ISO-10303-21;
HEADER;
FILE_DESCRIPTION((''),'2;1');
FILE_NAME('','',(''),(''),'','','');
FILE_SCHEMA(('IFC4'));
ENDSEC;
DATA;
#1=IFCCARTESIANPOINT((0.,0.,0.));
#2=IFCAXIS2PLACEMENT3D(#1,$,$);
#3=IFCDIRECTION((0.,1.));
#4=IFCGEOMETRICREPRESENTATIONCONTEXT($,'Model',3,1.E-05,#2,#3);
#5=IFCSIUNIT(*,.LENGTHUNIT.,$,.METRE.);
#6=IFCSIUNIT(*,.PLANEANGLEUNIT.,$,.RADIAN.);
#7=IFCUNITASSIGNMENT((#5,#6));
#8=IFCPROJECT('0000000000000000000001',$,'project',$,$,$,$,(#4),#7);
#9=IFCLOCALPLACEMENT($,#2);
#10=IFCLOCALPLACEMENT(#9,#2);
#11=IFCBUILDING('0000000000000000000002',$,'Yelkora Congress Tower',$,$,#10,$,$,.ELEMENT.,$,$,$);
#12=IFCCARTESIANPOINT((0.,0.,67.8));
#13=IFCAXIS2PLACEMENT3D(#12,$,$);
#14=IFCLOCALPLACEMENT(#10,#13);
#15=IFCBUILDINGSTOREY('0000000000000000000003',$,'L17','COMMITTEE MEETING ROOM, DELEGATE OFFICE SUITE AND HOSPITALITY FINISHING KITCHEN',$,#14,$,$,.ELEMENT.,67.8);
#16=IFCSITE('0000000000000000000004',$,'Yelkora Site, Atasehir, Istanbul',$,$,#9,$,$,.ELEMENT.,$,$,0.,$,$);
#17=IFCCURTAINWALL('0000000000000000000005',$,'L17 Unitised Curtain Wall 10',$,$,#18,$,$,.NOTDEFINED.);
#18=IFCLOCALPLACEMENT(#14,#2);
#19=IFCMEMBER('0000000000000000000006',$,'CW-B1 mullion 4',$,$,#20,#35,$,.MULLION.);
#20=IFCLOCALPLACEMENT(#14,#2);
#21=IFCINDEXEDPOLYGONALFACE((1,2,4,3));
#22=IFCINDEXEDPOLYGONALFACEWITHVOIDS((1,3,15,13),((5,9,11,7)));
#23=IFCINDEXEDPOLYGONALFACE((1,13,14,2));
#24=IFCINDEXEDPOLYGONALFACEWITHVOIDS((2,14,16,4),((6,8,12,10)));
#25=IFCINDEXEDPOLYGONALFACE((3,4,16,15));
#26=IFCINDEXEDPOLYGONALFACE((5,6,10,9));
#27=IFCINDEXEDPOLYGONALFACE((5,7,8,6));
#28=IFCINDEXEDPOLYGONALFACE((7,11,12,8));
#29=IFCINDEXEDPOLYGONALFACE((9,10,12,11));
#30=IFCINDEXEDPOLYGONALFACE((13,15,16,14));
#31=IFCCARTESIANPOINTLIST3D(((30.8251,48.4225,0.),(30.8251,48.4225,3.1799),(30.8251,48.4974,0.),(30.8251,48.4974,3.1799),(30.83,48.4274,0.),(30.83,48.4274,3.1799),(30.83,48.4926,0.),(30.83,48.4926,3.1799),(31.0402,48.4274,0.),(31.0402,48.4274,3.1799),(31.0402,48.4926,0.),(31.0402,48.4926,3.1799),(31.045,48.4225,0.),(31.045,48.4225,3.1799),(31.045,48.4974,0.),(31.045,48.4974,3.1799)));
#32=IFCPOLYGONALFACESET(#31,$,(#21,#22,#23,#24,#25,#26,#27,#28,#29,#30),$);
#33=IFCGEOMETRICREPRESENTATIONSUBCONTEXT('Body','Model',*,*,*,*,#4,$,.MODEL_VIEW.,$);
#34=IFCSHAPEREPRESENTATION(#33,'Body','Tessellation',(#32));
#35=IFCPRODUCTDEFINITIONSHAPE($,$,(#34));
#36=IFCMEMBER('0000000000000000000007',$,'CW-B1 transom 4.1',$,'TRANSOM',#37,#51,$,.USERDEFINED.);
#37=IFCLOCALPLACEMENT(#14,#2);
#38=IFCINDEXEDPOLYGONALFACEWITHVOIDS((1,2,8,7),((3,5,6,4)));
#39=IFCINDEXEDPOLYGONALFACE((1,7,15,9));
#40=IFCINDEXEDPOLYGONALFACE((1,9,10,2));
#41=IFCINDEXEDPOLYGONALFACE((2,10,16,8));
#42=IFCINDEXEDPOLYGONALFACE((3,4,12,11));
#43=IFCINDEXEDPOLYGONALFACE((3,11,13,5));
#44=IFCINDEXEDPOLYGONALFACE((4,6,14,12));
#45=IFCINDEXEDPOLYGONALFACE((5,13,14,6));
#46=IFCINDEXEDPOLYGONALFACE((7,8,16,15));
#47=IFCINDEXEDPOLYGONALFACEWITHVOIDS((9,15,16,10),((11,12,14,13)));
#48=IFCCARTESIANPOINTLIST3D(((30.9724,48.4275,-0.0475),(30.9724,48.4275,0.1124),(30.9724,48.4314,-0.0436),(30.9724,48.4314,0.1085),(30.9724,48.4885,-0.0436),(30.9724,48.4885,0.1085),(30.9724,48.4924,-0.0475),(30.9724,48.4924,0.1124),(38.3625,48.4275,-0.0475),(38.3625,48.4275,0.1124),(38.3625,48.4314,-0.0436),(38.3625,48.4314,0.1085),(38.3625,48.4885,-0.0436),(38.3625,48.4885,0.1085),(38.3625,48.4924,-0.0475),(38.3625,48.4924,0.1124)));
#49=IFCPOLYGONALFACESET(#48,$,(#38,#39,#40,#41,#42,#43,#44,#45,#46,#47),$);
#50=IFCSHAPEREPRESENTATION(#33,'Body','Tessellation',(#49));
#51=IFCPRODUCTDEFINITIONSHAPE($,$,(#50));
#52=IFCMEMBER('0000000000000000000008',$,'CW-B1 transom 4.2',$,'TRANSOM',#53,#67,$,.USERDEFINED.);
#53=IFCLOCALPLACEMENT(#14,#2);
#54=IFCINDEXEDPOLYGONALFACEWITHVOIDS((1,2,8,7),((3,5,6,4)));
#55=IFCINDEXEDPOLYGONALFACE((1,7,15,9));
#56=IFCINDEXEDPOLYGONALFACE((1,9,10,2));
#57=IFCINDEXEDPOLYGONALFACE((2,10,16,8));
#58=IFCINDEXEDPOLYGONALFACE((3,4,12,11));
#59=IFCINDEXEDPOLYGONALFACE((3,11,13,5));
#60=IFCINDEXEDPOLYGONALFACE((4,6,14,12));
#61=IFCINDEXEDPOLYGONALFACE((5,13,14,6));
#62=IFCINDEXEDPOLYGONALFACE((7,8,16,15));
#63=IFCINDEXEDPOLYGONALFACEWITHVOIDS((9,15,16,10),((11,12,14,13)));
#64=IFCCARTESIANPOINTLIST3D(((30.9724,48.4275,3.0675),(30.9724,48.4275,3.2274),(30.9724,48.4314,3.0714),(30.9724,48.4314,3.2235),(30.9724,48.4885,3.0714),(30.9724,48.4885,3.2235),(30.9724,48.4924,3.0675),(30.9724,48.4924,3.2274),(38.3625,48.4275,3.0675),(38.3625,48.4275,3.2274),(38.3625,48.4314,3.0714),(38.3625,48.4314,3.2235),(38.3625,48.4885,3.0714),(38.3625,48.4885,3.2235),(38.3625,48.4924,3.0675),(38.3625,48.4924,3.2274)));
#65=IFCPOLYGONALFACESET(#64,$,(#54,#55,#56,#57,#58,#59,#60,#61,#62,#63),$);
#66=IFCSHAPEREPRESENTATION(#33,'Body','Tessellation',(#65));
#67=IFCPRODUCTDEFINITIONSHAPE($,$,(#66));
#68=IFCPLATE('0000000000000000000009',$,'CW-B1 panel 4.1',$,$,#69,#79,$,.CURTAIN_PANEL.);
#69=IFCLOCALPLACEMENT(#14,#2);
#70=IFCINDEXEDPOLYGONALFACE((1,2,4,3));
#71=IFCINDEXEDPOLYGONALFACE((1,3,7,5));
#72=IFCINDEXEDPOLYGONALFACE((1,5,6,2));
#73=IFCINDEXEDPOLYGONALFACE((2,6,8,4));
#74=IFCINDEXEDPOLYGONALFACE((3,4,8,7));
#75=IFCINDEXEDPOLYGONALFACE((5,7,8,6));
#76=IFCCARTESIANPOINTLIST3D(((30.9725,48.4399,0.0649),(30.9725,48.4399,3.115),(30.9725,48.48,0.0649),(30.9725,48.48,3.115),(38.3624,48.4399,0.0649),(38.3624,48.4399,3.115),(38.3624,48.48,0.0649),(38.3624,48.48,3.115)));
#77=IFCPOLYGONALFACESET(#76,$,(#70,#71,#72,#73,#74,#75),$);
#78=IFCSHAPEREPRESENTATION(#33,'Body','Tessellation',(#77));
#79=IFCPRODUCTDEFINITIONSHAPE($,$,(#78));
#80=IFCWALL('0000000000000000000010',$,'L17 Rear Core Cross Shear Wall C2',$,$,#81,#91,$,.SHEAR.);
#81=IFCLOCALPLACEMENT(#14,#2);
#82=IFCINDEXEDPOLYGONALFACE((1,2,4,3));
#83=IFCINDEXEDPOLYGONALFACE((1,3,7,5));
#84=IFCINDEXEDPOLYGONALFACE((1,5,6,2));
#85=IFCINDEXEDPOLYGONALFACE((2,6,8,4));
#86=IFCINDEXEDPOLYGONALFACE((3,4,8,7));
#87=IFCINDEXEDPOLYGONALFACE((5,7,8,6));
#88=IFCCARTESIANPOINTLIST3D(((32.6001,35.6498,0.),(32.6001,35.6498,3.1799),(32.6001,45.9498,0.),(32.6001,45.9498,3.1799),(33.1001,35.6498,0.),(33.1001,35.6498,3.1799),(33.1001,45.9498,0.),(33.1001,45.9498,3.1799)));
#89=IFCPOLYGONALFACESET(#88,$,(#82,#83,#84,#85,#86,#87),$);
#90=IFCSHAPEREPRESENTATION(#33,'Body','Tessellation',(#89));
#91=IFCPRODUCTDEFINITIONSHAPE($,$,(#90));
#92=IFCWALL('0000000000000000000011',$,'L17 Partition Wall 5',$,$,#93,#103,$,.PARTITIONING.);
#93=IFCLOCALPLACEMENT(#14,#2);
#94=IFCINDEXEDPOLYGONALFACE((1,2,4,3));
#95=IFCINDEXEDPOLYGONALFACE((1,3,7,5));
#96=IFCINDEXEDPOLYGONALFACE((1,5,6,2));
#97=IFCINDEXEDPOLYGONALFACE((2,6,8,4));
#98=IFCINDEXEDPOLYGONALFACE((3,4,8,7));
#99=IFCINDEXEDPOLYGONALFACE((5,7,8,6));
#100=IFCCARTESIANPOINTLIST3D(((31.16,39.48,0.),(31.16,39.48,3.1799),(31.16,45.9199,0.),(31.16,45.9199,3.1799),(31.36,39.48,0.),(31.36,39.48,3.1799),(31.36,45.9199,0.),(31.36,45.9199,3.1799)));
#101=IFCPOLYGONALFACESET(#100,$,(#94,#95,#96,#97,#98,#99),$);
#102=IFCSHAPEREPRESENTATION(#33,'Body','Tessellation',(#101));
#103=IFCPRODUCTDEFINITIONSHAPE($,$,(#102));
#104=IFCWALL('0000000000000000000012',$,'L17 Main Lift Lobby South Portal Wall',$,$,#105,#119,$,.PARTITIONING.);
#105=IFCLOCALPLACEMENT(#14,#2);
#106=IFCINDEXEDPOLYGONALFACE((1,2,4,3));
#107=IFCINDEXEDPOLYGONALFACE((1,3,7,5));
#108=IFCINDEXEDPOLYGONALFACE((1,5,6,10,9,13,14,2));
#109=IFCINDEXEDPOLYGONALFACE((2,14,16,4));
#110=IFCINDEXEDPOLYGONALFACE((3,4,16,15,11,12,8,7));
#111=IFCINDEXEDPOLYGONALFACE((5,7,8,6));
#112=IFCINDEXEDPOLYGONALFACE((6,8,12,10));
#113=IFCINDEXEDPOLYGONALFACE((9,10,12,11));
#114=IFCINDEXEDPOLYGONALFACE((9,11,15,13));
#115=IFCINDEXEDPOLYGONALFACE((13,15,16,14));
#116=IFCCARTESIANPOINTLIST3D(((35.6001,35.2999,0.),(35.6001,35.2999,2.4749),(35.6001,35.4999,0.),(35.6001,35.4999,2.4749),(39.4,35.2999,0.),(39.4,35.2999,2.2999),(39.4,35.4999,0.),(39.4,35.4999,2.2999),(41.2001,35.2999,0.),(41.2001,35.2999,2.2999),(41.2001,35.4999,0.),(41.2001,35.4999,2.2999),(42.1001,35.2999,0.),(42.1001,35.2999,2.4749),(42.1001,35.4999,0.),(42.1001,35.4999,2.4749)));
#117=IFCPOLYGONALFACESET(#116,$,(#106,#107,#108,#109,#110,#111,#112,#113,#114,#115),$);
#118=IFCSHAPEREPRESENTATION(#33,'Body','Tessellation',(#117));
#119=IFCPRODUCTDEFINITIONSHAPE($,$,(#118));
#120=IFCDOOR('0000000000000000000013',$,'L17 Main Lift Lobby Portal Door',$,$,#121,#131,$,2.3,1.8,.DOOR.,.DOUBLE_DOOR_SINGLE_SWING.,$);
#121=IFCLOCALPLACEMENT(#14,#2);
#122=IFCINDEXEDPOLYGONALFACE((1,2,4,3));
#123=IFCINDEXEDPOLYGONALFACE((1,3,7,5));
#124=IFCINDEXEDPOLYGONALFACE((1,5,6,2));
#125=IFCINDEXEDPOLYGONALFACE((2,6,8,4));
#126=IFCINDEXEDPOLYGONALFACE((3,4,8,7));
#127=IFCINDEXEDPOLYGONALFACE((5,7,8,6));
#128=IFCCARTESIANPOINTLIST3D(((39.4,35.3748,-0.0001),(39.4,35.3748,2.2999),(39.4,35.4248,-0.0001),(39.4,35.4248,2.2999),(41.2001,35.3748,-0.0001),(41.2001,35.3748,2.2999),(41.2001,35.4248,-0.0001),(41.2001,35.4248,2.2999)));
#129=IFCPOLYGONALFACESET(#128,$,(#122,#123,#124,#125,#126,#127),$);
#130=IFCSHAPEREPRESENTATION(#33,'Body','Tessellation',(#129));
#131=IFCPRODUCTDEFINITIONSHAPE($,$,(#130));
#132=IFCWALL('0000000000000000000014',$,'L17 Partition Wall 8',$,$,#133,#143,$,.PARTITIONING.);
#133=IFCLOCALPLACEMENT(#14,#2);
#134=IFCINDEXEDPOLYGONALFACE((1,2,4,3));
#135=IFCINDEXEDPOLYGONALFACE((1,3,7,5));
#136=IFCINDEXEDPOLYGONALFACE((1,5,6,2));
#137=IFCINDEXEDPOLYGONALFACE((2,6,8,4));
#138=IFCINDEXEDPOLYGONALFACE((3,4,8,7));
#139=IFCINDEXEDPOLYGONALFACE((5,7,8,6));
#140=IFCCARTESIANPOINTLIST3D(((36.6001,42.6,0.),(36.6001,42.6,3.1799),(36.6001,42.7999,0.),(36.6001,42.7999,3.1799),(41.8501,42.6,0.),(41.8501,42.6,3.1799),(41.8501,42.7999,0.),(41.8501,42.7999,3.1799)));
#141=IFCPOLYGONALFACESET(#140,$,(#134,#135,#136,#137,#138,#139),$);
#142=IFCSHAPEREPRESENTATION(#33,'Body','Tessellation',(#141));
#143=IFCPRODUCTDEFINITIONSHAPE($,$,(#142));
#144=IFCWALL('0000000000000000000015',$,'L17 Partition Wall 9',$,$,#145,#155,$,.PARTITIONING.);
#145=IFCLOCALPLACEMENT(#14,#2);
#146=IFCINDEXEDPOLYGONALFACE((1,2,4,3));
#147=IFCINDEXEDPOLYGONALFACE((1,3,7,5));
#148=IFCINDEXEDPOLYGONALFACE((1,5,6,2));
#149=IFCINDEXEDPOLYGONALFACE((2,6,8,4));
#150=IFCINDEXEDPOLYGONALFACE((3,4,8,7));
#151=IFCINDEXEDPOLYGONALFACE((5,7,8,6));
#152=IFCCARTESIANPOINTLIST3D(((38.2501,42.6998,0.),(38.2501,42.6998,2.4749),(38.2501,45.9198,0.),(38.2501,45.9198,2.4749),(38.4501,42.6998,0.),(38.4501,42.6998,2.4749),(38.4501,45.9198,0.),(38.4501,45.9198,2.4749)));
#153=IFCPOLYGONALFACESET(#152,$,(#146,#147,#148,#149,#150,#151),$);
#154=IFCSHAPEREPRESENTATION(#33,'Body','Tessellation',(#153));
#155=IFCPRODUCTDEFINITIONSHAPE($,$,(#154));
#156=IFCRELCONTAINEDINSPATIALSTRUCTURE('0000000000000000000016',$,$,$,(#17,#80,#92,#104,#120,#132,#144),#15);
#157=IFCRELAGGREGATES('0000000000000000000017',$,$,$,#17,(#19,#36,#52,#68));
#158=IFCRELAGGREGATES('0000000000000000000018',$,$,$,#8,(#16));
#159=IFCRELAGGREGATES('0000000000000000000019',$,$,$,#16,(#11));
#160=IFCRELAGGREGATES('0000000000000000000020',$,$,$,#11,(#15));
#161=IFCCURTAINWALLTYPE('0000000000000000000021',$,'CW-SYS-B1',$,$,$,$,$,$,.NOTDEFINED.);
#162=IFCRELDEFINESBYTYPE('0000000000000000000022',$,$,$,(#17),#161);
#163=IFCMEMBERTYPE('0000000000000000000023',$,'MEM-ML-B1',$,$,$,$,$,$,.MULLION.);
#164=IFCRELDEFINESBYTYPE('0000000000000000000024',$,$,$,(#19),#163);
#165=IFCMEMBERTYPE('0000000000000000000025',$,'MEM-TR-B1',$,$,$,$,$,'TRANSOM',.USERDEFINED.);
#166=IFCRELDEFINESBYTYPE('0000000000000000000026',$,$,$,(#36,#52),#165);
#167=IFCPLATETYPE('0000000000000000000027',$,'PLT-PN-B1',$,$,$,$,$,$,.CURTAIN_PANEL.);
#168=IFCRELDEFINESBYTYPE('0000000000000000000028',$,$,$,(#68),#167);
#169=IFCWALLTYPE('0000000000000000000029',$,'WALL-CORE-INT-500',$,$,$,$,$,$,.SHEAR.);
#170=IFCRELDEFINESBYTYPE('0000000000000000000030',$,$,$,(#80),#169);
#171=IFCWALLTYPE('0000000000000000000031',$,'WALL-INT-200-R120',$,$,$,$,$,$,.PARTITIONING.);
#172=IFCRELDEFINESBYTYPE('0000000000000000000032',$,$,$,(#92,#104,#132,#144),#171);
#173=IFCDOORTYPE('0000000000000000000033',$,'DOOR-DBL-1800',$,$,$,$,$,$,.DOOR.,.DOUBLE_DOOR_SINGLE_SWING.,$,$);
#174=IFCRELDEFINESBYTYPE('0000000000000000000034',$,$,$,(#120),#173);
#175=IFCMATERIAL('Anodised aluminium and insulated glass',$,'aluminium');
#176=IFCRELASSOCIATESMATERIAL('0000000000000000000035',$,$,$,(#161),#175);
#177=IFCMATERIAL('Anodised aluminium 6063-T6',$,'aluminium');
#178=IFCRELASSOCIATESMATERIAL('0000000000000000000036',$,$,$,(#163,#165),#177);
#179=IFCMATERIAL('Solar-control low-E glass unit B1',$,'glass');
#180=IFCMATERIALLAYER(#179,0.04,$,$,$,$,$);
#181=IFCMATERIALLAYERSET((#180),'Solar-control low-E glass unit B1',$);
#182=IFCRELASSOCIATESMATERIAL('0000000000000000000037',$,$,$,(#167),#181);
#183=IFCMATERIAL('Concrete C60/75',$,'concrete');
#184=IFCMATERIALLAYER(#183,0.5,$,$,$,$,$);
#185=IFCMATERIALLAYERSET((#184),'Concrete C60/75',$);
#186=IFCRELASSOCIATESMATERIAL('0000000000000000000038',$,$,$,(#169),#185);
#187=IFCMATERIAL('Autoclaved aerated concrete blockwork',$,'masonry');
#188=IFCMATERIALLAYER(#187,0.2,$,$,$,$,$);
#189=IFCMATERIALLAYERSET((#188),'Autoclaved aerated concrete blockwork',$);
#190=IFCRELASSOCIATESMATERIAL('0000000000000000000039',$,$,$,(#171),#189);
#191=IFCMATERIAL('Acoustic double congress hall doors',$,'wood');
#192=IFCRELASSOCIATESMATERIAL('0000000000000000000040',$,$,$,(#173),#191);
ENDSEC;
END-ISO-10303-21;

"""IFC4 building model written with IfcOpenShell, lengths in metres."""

from ifc_helpers import new_model, si_unit, direction, frame, frame_2d, origin, origin_2d, place, context, subcontext, project, spatial, rectangle, hollow_rectangle, extrude, material, layer, layer_set, material_profile, profile_set, type_object, element, fill, aggregate, save


model = new_model("IFC4")

# Units and contexts
model_context = context("Model", 3, precision=1e-05, world=origin(), true_north=direction((0.0, 1.0)))
body_context = subcontext(model_context, "Body", "Model", "MODEL_VIEW")
ifc_project = project(units=[si_unit("LENGTHUNIT", "METRE"), si_unit("PLANEANGLEUNIT", "RADIAN")], contexts=[model_context])

# Site, building, storey
site_placement = place(None, origin())
site = spatial("IfcSite", under=ifc_project, at=site_placement, Name="Yelkora Site, Atasehir, Istanbul", CompositionType="ELEMENT", RefElevation=0.0)
building_placement = place(site_placement, origin())
building = spatial("IfcBuilding", under=site, at=building_placement, Name="Yelkora Congress Tower", CompositionType="ELEMENT")
storey_placement = place(building_placement, frame((0.0, 0.0, 67.8)))
storey = spatial("IfcBuildingStorey", under=building, at=storey_placement, Name="L17", Description="COMMITTEE MEETING ROOM, DELEGATE OFFICE SUITE AND HOSPITALITY FINISHING KITCHEN", CompositionType="ELEMENT", Elevation=67.8)

# Shared definitions
ifc_material_1 = material(Name="Concrete C60/75", Category="concrete")

# Curtain wall, members, plate
ifc_material_2 = material(Name="Anodised aluminium and insulated glass", Category="aluminium")
curtain_wall_type = type_object("IfcCurtainWallType", Name="CW-SYS-B1", PredefinedType="NOTDEFINED", material=ifc_material_2)
curtain_wall_placement = place(storey_placement, origin())
curtain_wall = element("IfcCurtainWall", 1, at=curtain_wall_placement, inside=storey, type_object=curtain_wall_type, Name="L17 Unitised Curtain Wall 10", PredefinedType="NOTDEFINED")
ifc_material_3 = material(Name="Anodised aluminium 6063-T6", Category="aluminium")
ifc_material_profile_1 = material_profile(ifc_material_3, hollow_rectangle(XDim=0.075, YDim=0.22, WallThickness=0.0049, at=origin_2d()), Name="ALU 75x220x5")
ifc_profile_set_1 = profile_set([ifc_material_profile_1], Name="Anodised aluminium 6063-T6")
member_type_1 = type_object("IfcMemberType", Name="MEM-ML-B1", PredefinedType="MULLION", material=ifc_profile_set_1)
member_1_placement = place(storey_placement, frame((30.9351, 48.46, 0.0), z_axis=(0.0, 0.0, 1.0), x_axis=(0.0, 1.0, 0.0)))
member_1 = element("IfcMember", 2, at=member_1_placement, type_object=member_type_1, Name="CW-B1 mullion 4", PredefinedType="MULLION", context=body_context, shape_type="SweptSolid", body=[
    extrude(hollow_rectangle(XDim=0.075, YDim=0.22, WallThickness=0.0049, at=origin_2d()), origin(), (0.0, 0.0, 1.0), 3.1799),
])
ifc_material_profile_2 = material_profile(ifc_material_3, hollow_rectangle(XDim=0.0649, YDim=0.1599, WallThickness=0.0039, at=origin_2d()), Name="ALU 65x160x4")
ifc_profile_set_2 = profile_set([ifc_material_profile_2], Name="Anodised aluminium 6063-T6")
member_type_2 = type_object("IfcMemberType", Name="MEM-TR-B1", ElementType="TRANSOM", PredefinedType="USERDEFINED", material=ifc_profile_set_2)
member_2_placement = place(storey_placement, frame((30.9724, 48.46, 0.0325), z_axis=(1.0, 0.0, 0.0), x_axis=(0.0, 1.0, 0.0)))
member_2 = element("IfcMember", 3, at=member_2_placement, type_object=member_type_2, Name="CW-B1 transom 4.1", ObjectType="TRANSOM", PredefinedType="USERDEFINED", context=body_context, shape_type="SweptSolid", body=[
    extrude(hollow_rectangle(XDim=0.0649, YDim=0.1599, WallThickness=0.0039, at=origin_2d()), origin(), (0.0, 0.0, 1.0), 7.3901),
])
member_3_placement = place(storey_placement, frame((30.9724, 48.46, 3.1475), z_axis=(1.0, 0.0, 0.0), x_axis=(0.0, 1.0, 0.0)))
member_3 = element("IfcMember", 4, at=member_3_placement, type_object=member_type_2, Name="CW-B1 transom 4.2", ObjectType="TRANSOM", PredefinedType="USERDEFINED", context=body_context, shape_type="SweptSolid", body=[
    extrude(hollow_rectangle(XDim=0.0649, YDim=0.1599, WallThickness=0.0039, at=origin_2d()), origin(), (0.0, 0.0, 1.0), 7.3901),
])
ifc_material_4 = material(Name="Solar-control low-E glass unit B1", Category="glass")
ifc_layer_1 = layer(ifc_material_4, 0.04)
ifc_layer_set_1 = layer_set([ifc_layer_1], Name="Solar-control low-E glass unit B1")
plate_type = type_object("IfcPlateType", Name="PLT-PN-B1", PredefinedType="CURTAIN_PANEL", material=ifc_layer_set_1)
plate_placement = place(storey_placement, frame((34.6675, 48.46, 0.0649), z_axis=(0.0, 0.0, 1.0), x_axis=(1.0, 0.0, 0.0)))
plate = element("IfcPlate", 5, at=plate_placement, type_object=plate_type, Name="CW-B1 panel 4.1", PredefinedType="CURTAIN_PANEL", context=body_context, shape_type="SweptSolid", body=[
    extrude(rectangle(XDim=7.3899, YDim=0.04, at=origin_2d()), origin(), (0.0, 0.0, 1.0), 3.05),
])
aggregate(curtain_wall, [member_1, member_2, member_3, plate])

# Walls
ifc_layer_2 = layer(ifc_material_1, 0.5)
ifc_layer_set_2 = layer_set([ifc_layer_2], Name="Concrete C60/75")
wall_type_1 = type_object("IfcWallType", Name="WALL-CORE-INT-500", PredefinedType="SHEAR", material=ifc_layer_set_2)
wall_1_placement = place(storey_placement, frame((32.8501, 35.6499, 0.0), z_axis=(0.0, 0.0, 1.0), x_axis=(0.0, 1.0, 0.0)))
element("IfcWall", 6, at=wall_1_placement, inside=storey, type_object=wall_type_1, Name="L17 Rear Core Cross Shear Wall C2", PredefinedType="SHEAR", context=body_context, shape_type="SweptSolid", body=[
    extrude(rectangle(XDim=10.3, YDim=0.5, at=frame_2d((5.1499, 0.0))), origin(), (0.0, 0.0, 1.0), 3.1799),
])
ifc_material_5 = material(Name="Autoclaved aerated concrete blockwork", Category="masonry")
ifc_layer_3 = layer(ifc_material_5, 0.2)
ifc_layer_set_3 = layer_set([ifc_layer_3], Name="Autoclaved aerated concrete blockwork")
wall_type_2 = type_object("IfcWallType", Name="WALL-INT-200-R120", PredefinedType="PARTITIONING", material=ifc_layer_set_3)
wall_2_placement = place(storey_placement, frame((31.26, 39.48, 0.0), z_axis=(0.0, 0.0, 1.0), x_axis=(0.0, 1.0, 0.0)))
element("IfcWall", 7, at=wall_2_placement, inside=storey, type_object=wall_type_2, Name="L17 Partition Wall 5", PredefinedType="PARTITIONING", context=body_context, shape_type="SweptSolid", body=[
    extrude(rectangle(XDim=6.4399, YDim=0.2, at=frame_2d((3.22, 0.0))), origin(), (0.0, 0.0, 1.0), 3.1799),
])

# Wall, opening, door
wall_3_placement = place(storey_placement, frame((35.6001, 35.3999, 0.0), z_axis=(0.0, 0.0, 1.0), x_axis=(1.0, 0.0, 0.0)))
wall_3 = element("IfcWall", 8, at=wall_3_placement, inside=storey, type_object=wall_type_2, Name="L17 Main Lift Lobby South Portal Wall", PredefinedType="PARTITIONING", context=body_context, shape_type="SweptSolid", body=[
    extrude(rectangle(XDim=6.5, YDim=0.2, at=frame_2d((3.25, 0.0))), origin(), (0.0, 0.0, 1.0), 2.4749),
])
opening_1_placement = place(wall_3_placement, frame((3.8, 0.0, 0.0)))
opening_1 = element("IfcOpeningElement", 9, at=opening_1_placement, cuts=wall_3, PredefinedType="OPENING", context=body_context, shape_type="SweptSolid", body=[
    extrude(rectangle(XDim=1.8, YDim=2.3, at=frame_2d((0.8999, 1.1499))), frame((0.0, 0.1099, 0.0), z_axis=(0.0, -1.0, 0.0), x_axis=(1.0, 0.0, 0.0)), (0.0, 0.0, 1.0), 0.22),
])
ifc_material_6 = material(Name="Acoustic double congress hall doors", Category="wood")
door_type_1 = type_object("IfcDoorType", Name="DOOR-DBL-1800", OperationType="DOUBLE_DOOR_SINGLE_SWING", PredefinedType="DOOR", material=ifc_material_6)
door_1_placement = place(opening_1_placement, origin())
door_1 = element("IfcDoor", 10, at=door_1_placement, inside=storey, type_object=door_type_1, Name="L17 Main Lift Lobby Portal Door", OperationType="DOUBLE_DOOR_SINGLE_SWING", OverallHeight=2.3, OverallWidth=1.8, PredefinedType="DOOR", context=body_context, shape_type="SweptSolid", body=[
    extrude(rectangle(XDim=1.8, YDim=2.3, at=frame_2d((0.8999, 1.1499))), frame((0.0, 0.0249, 0.0), z_axis=(0.0, -1.0, 0.0), x_axis=(1.0, 0.0, 0.0)), (0.0, 0.0, 1.0), 0.05),
])
fill(opening_1, door_1)

# Walls
wall_4_placement = place(storey_placement, frame((36.6001, 42.7, 0.0), z_axis=(0.0, 0.0, 1.0), x_axis=(1.0, 0.0, 0.0)))
element("IfcWall", 11, at=wall_4_placement, inside=storey, type_object=wall_type_2, Name="L17 Partition Wall 8", PredefinedType="PARTITIONING", context=body_context, shape_type="SweptSolid", body=[
    extrude(rectangle(XDim=5.25, YDim=0.2, at=frame_2d((2.625, 0.0))), origin(), (0.0, 0.0, 1.0), 3.1799),
])
wall_5_placement = place(storey_placement, frame((38.3501, 42.7, 0.0), z_axis=(0.0, 0.0, 1.0), x_axis=(0.0, 1.0, 0.0)))
element("IfcWall", 12, at=wall_5_placement, inside=storey, type_object=wall_type_2, Name="L17 Partition Wall 9", PredefinedType="PARTITIONING", context=body_context, shape_type="SweptSolid", body=[
    extrude(rectangle(XDim=3.22, YDim=0.2, at=frame_2d((1.6099, 0.0))), origin(), (0.0, 0.0, 1.0), 2.4749),
])

save(model, "model.ifc")
